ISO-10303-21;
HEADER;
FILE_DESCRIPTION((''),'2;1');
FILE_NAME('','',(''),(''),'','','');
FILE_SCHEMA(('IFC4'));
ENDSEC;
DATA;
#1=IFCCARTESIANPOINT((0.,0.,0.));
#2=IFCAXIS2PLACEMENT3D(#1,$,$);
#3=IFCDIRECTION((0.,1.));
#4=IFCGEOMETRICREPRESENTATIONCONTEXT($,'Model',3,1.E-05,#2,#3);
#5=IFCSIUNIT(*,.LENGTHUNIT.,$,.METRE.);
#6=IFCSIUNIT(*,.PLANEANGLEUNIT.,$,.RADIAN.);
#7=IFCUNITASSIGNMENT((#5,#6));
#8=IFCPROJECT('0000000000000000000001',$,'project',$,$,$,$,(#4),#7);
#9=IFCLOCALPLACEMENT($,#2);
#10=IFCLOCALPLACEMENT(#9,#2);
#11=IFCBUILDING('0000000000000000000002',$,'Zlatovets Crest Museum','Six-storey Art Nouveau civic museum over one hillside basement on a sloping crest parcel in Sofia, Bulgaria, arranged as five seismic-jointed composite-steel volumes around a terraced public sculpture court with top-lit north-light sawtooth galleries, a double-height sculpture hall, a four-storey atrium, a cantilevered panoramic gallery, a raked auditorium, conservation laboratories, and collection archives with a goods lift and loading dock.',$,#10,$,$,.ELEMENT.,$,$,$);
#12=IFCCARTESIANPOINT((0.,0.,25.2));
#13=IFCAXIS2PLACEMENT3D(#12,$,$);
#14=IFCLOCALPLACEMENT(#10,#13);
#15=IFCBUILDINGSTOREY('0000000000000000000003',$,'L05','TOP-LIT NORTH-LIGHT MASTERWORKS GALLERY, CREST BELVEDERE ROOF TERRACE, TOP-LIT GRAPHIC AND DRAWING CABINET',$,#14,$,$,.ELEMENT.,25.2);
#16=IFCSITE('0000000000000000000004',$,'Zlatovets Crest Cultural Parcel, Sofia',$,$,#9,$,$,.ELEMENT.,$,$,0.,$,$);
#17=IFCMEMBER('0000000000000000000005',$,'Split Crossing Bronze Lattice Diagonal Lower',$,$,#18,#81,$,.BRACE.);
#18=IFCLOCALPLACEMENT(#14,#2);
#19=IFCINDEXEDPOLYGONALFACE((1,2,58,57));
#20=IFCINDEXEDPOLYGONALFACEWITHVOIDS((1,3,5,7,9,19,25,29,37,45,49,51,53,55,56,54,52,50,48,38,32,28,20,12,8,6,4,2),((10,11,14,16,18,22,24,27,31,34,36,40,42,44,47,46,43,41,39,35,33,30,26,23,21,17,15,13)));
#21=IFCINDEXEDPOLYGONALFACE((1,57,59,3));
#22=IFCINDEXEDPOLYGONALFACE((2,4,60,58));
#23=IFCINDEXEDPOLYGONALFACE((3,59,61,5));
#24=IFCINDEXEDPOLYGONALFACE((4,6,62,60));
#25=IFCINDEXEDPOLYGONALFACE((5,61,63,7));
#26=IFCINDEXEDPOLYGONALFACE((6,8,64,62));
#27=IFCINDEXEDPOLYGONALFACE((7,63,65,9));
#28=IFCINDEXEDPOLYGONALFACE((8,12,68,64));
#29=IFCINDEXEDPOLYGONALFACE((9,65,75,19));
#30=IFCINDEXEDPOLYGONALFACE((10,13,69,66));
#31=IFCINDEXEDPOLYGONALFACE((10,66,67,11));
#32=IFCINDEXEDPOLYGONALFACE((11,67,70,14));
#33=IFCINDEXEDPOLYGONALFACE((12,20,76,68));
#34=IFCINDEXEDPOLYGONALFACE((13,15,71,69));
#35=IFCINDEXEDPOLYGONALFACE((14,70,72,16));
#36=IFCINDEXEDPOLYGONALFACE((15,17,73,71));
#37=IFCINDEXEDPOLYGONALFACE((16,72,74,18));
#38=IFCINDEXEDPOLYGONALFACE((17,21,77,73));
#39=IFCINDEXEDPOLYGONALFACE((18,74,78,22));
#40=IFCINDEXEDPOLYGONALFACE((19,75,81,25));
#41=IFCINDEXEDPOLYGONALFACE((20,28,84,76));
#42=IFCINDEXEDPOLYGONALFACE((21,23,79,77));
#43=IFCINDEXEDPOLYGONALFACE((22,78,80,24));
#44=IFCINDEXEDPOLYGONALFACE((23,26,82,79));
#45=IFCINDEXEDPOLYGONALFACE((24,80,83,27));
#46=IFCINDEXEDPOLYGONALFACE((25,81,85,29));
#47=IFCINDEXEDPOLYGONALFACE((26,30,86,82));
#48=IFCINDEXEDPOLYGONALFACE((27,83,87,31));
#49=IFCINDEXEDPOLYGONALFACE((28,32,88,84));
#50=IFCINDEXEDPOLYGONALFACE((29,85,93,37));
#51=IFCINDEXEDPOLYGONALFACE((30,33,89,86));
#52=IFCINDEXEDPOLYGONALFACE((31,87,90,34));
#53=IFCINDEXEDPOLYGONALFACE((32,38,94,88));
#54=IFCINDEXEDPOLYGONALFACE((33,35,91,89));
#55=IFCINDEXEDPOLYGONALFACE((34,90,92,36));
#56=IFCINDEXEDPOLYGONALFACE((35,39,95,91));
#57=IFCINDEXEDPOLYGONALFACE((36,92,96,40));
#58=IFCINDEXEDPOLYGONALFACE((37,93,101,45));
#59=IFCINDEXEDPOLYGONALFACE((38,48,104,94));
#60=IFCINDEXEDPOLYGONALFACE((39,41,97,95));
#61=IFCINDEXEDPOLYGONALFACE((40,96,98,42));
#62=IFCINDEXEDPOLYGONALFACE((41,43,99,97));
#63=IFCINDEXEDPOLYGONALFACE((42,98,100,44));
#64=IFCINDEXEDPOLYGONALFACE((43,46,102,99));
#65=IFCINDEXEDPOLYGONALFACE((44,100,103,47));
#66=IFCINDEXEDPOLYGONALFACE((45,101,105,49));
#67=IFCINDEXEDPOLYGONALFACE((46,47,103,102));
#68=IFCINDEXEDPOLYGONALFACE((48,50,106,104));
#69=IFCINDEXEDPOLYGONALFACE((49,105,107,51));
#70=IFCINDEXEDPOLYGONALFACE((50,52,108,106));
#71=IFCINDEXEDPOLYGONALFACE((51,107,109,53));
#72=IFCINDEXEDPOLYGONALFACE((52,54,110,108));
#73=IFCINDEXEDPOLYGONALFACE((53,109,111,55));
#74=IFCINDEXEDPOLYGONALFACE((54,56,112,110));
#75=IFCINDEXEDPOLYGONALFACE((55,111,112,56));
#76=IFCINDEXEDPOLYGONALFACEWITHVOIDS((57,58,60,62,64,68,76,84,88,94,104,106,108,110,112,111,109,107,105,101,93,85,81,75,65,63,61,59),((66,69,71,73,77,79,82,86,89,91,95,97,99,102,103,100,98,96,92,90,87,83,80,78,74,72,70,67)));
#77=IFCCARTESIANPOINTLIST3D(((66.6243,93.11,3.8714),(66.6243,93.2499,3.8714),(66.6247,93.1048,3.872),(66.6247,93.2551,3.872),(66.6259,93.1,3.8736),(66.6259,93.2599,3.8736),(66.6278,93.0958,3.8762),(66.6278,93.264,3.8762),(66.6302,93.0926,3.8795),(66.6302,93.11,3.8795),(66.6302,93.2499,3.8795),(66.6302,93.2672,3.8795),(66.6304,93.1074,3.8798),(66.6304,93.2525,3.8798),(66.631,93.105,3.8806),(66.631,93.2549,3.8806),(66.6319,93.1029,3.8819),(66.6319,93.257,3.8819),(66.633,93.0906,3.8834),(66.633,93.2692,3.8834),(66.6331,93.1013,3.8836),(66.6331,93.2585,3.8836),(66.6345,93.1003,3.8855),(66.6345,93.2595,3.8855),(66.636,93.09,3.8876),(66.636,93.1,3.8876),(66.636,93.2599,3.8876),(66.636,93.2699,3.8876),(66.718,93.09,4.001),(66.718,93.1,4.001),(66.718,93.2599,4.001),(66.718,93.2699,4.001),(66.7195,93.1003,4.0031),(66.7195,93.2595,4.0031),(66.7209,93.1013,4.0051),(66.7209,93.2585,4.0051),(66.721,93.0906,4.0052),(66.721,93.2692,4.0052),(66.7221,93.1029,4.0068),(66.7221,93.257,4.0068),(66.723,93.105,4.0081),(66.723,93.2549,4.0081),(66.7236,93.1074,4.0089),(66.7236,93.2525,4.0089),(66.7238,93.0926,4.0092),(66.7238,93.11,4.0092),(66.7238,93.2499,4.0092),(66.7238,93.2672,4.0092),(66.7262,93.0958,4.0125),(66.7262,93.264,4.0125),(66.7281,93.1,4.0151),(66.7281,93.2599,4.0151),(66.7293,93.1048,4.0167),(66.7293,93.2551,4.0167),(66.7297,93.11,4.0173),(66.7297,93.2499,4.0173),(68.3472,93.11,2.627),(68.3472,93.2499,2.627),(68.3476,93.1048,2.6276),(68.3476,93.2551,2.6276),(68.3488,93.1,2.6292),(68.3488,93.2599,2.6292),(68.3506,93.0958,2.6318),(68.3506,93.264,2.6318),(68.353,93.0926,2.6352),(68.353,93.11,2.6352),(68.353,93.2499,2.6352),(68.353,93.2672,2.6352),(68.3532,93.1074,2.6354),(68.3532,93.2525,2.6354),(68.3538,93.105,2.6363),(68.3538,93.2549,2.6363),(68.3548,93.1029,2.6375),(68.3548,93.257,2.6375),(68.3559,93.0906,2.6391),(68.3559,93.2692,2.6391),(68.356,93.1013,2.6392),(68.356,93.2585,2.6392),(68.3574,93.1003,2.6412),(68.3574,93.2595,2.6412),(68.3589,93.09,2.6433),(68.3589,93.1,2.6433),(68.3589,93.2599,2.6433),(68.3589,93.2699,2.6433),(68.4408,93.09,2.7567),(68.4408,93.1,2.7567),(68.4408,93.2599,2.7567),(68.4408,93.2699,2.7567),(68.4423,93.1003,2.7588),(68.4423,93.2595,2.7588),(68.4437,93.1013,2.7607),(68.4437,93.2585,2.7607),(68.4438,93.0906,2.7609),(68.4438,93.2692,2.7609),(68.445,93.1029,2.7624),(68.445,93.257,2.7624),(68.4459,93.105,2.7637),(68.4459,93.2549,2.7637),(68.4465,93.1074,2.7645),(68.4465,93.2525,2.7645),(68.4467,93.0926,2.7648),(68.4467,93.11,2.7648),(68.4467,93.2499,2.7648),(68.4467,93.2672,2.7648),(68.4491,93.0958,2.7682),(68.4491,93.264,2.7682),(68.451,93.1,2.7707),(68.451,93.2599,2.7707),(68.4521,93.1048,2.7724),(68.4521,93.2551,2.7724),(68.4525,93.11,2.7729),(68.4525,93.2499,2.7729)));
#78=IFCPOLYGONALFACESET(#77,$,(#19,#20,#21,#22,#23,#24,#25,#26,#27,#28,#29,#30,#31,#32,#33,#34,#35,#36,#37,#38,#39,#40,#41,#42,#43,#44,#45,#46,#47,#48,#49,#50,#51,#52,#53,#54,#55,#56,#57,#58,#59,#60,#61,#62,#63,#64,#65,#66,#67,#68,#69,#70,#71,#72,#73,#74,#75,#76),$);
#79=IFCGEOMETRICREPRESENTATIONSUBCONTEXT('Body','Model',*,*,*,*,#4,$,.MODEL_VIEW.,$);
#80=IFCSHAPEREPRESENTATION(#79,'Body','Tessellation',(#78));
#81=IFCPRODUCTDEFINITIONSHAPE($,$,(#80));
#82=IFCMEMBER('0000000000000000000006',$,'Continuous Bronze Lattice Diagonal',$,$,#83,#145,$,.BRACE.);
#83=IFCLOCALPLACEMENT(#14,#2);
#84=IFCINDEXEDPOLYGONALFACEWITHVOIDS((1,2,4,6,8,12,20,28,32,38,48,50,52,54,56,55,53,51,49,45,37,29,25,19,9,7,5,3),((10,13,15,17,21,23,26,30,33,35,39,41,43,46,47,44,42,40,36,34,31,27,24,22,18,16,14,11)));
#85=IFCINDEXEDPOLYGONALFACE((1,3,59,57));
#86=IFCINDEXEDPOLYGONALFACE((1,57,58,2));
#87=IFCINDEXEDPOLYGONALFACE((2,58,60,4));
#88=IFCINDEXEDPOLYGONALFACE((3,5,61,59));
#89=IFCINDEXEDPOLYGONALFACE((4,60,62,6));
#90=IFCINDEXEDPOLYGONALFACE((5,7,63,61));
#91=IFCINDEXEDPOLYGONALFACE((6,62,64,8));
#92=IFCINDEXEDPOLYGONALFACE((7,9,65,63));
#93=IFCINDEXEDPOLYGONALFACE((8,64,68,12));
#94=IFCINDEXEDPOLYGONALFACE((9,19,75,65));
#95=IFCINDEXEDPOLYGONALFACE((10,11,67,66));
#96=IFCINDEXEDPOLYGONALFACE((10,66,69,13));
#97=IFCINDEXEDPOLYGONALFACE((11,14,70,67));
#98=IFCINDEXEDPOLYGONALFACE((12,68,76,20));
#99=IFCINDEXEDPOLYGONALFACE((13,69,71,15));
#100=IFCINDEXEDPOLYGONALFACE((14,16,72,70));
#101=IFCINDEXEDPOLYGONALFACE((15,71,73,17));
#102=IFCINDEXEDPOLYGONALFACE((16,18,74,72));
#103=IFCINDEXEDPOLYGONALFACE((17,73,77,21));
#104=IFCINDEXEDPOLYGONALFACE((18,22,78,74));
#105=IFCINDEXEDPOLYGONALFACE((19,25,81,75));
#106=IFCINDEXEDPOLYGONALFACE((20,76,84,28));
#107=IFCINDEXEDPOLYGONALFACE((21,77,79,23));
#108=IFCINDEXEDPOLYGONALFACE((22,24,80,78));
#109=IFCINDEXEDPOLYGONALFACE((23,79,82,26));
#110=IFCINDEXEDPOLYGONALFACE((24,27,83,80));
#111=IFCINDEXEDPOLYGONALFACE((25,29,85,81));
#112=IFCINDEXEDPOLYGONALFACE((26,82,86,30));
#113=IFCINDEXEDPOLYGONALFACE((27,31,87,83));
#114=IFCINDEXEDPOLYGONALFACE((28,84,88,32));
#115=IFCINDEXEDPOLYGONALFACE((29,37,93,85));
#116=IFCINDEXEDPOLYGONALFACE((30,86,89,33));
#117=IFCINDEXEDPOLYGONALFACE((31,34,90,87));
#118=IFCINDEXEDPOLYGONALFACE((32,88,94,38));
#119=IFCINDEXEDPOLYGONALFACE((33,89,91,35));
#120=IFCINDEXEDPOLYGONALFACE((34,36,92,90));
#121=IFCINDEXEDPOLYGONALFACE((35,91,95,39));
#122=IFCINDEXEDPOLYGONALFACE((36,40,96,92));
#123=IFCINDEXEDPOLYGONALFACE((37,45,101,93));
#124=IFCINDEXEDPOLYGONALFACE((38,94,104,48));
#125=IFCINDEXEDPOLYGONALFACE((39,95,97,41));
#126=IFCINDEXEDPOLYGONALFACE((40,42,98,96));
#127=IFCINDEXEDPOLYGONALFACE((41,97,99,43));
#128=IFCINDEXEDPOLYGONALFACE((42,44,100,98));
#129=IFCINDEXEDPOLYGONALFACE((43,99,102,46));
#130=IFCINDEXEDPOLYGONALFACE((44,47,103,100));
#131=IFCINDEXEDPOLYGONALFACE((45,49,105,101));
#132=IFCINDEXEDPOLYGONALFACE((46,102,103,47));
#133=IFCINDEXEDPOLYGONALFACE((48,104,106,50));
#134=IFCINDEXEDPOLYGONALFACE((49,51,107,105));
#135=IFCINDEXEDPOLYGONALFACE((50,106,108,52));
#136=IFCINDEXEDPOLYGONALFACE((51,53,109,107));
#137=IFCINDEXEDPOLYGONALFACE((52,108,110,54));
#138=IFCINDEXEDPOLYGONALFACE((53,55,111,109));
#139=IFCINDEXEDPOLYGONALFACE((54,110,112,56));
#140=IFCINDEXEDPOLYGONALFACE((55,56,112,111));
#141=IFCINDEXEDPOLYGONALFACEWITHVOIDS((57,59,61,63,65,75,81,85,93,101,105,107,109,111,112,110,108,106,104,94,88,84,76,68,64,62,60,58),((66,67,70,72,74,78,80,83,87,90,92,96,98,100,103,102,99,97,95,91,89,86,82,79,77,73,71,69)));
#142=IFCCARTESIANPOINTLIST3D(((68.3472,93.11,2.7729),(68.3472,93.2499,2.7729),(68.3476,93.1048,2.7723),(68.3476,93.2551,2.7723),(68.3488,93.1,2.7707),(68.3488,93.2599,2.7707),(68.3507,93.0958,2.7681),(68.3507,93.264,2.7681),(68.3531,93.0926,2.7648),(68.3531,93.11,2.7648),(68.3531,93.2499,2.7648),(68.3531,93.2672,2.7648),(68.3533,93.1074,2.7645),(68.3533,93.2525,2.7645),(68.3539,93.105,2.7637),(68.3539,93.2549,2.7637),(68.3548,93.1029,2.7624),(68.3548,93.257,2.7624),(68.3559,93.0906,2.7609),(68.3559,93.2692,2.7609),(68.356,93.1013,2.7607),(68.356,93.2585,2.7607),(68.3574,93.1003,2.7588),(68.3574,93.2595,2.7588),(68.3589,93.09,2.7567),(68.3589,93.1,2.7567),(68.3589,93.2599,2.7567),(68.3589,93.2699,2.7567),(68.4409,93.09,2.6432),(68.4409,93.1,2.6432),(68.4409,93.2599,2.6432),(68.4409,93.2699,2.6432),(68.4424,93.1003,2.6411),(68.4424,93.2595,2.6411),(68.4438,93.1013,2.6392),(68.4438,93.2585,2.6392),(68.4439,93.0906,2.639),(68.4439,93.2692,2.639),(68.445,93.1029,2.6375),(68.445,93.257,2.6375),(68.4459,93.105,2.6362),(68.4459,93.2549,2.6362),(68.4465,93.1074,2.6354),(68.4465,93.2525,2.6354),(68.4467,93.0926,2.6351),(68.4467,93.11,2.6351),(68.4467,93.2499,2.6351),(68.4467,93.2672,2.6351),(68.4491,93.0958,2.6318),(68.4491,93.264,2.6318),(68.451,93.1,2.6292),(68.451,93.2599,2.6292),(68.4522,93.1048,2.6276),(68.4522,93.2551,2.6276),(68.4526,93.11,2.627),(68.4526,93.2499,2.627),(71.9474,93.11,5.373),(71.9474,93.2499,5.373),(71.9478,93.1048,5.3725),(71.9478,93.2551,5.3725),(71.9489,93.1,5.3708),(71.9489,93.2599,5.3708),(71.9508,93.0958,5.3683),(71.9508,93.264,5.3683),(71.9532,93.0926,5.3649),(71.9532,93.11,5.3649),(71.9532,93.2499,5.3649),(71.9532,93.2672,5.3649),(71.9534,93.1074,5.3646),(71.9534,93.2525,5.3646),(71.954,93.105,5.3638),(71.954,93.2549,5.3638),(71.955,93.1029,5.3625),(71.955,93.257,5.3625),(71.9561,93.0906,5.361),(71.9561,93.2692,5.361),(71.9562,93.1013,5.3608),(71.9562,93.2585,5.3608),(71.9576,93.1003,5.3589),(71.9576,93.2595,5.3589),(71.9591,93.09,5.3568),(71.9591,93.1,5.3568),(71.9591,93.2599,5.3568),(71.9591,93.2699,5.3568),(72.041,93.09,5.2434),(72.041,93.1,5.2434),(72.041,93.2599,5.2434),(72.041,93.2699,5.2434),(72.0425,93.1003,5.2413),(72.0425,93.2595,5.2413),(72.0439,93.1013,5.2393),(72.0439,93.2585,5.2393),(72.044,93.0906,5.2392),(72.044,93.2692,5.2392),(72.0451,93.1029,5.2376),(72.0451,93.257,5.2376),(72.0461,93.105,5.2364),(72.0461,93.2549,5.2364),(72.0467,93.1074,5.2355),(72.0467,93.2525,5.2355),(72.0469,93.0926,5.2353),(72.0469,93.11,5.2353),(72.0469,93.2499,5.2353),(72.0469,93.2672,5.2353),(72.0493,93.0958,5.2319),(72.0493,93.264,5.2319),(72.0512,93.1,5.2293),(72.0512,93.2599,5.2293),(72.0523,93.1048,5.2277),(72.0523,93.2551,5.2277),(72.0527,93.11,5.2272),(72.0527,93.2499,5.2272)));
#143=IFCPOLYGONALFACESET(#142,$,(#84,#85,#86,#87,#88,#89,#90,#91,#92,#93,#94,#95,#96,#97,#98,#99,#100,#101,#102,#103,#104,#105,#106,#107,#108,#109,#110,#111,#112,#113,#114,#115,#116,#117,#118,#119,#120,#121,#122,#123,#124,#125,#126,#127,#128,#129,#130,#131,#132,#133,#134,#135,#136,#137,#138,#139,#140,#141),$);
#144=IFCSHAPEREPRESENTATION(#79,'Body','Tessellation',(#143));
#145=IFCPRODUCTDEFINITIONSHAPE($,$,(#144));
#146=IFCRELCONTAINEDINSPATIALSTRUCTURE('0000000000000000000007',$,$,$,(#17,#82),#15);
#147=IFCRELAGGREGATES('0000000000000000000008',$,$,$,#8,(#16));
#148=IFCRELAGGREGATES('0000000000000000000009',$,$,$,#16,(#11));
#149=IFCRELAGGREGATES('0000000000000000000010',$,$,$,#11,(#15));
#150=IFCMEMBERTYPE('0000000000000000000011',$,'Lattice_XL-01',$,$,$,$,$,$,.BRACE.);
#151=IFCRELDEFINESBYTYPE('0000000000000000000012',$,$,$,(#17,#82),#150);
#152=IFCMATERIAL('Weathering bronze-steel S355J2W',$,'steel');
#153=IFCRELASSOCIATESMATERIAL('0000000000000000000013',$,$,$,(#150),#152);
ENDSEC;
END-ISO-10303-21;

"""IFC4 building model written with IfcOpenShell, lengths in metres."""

from ifc_helpers import new_model, si_unit, direction, frame, origin, origin_2d, place, context, subcontext, project, spatial, hollow_rectangle, extrude, material, material_profile, profile_set, type_object, element, save


model = new_model("IFC4")

# Units and contexts
model_context = context("Model", 3, precision=1e-05, world=origin(), true_north=direction((0.0, 1.0)))
body_context = subcontext(model_context, "Body", "Model", "MODEL_VIEW")
ifc_project = project(units=[si_unit("LENGTHUNIT", "METRE"), si_unit("PLANEANGLEUNIT", "RADIAN")], contexts=[model_context])

# Site, building, storey
site_placement = place(None, origin())
site = spatial("IfcSite", under=ifc_project, at=site_placement, Name="Zlatovets Crest Cultural Parcel, Sofia", CompositionType="ELEMENT", RefElevation=0.0)
building_placement = place(site_placement, origin())
building = spatial("IfcBuilding", under=site, at=building_placement, Name="Zlatovets Crest Museum", Description="Six-storey Art Nouveau civic museum over one hillside basement on a sloping crest parcel in Sofia, Bulgaria, arranged as five seismic-jointed composite-steel volumes around a terraced public sculpture court with top-lit north-light sawtooth galleries, a double-height sculpture hall, a four-storey atrium, a cantilevered panoramic gallery, a raked auditorium, conservation laboratories, and collection archives with a goods lift and loading dock.", CompositionType="ELEMENT")
storey_placement = place(building_placement, frame((0.0, 0.0, 25.2)))
storey = spatial("IfcBuildingStorey", under=building, at=storey_placement, Name="L05", Description="TOP-LIT NORTH-LIGHT MASTERWORKS GALLERY, CREST BELVEDERE ROOF TERRACE, TOP-LIT GRAPHIC AND DRAWING CABINET", CompositionType="ELEMENT", Elevation=25.2)

# Members
ifc_material_1 = material(Name="Weathering bronze-steel S355J2W", Category="steel")
ifc_material_profile_1 = material_profile(ifc_material_1, hollow_rectangle(XDim=0.1799, YDim=0.1799, WallThickness=0.01, InnerFilletRadius=0.01, OuterFilletRadius=0.02, at=origin_2d()), Name="SHS 180x180x10.0")
ifc_profile_set_1 = profile_set([ifc_material_profile_1], Name="Weathering bronze-steel S355J2W")
member_type = type_object("IfcMemberType", Name="Lattice_XL-01", PredefinedType="BRACE", material=ifc_profile_set_1)
member_1_placement = place(storey_placement, frame((66.677, 93.1799, 3.9443), z_axis=(0.810664, 0.0, -0.585512), x_axis=(0.0, 1.0, 0.0)))
element("IfcMember", 1, at=member_1_placement, inside=storey, type_object=member_type, Name="Split Crossing Bronze Lattice Diagonal Lower", PredefinedType="BRACE", context=body_context, shape_type="SweptSolid", body=[
    extrude(hollow_rectangle(XDim=0.1799, YDim=0.1799, WallThickness=0.01, InnerFilletRadius=0.01, OuterFilletRadius=0.02, at=origin_2d()), origin(), (0.0, 0.0, 1.0), 2.1252),
])
member_2_placement = place(storey_placement, frame((68.3999, 93.1799, 2.7), z_axis=(0.810676, 0.0, 0.585495), x_axis=(0.0, 1.0, 0.0)))
element("IfcMember", 2, at=member_2_placement, inside=storey, type_object=member_type, Name="Continuous Bronze Lattice Diagonal", PredefinedType="BRACE", context=body_context, shape_type="SweptSolid", body=[
    extrude(hollow_rectangle(XDim=0.1799, YDim=0.1799, WallThickness=0.01, InnerFilletRadius=0.01, OuterFilletRadius=0.02, at=origin_2d()), origin(), (0.0, 0.0, 1.0), 4.4409),
])

save(model, "model.ifc")
